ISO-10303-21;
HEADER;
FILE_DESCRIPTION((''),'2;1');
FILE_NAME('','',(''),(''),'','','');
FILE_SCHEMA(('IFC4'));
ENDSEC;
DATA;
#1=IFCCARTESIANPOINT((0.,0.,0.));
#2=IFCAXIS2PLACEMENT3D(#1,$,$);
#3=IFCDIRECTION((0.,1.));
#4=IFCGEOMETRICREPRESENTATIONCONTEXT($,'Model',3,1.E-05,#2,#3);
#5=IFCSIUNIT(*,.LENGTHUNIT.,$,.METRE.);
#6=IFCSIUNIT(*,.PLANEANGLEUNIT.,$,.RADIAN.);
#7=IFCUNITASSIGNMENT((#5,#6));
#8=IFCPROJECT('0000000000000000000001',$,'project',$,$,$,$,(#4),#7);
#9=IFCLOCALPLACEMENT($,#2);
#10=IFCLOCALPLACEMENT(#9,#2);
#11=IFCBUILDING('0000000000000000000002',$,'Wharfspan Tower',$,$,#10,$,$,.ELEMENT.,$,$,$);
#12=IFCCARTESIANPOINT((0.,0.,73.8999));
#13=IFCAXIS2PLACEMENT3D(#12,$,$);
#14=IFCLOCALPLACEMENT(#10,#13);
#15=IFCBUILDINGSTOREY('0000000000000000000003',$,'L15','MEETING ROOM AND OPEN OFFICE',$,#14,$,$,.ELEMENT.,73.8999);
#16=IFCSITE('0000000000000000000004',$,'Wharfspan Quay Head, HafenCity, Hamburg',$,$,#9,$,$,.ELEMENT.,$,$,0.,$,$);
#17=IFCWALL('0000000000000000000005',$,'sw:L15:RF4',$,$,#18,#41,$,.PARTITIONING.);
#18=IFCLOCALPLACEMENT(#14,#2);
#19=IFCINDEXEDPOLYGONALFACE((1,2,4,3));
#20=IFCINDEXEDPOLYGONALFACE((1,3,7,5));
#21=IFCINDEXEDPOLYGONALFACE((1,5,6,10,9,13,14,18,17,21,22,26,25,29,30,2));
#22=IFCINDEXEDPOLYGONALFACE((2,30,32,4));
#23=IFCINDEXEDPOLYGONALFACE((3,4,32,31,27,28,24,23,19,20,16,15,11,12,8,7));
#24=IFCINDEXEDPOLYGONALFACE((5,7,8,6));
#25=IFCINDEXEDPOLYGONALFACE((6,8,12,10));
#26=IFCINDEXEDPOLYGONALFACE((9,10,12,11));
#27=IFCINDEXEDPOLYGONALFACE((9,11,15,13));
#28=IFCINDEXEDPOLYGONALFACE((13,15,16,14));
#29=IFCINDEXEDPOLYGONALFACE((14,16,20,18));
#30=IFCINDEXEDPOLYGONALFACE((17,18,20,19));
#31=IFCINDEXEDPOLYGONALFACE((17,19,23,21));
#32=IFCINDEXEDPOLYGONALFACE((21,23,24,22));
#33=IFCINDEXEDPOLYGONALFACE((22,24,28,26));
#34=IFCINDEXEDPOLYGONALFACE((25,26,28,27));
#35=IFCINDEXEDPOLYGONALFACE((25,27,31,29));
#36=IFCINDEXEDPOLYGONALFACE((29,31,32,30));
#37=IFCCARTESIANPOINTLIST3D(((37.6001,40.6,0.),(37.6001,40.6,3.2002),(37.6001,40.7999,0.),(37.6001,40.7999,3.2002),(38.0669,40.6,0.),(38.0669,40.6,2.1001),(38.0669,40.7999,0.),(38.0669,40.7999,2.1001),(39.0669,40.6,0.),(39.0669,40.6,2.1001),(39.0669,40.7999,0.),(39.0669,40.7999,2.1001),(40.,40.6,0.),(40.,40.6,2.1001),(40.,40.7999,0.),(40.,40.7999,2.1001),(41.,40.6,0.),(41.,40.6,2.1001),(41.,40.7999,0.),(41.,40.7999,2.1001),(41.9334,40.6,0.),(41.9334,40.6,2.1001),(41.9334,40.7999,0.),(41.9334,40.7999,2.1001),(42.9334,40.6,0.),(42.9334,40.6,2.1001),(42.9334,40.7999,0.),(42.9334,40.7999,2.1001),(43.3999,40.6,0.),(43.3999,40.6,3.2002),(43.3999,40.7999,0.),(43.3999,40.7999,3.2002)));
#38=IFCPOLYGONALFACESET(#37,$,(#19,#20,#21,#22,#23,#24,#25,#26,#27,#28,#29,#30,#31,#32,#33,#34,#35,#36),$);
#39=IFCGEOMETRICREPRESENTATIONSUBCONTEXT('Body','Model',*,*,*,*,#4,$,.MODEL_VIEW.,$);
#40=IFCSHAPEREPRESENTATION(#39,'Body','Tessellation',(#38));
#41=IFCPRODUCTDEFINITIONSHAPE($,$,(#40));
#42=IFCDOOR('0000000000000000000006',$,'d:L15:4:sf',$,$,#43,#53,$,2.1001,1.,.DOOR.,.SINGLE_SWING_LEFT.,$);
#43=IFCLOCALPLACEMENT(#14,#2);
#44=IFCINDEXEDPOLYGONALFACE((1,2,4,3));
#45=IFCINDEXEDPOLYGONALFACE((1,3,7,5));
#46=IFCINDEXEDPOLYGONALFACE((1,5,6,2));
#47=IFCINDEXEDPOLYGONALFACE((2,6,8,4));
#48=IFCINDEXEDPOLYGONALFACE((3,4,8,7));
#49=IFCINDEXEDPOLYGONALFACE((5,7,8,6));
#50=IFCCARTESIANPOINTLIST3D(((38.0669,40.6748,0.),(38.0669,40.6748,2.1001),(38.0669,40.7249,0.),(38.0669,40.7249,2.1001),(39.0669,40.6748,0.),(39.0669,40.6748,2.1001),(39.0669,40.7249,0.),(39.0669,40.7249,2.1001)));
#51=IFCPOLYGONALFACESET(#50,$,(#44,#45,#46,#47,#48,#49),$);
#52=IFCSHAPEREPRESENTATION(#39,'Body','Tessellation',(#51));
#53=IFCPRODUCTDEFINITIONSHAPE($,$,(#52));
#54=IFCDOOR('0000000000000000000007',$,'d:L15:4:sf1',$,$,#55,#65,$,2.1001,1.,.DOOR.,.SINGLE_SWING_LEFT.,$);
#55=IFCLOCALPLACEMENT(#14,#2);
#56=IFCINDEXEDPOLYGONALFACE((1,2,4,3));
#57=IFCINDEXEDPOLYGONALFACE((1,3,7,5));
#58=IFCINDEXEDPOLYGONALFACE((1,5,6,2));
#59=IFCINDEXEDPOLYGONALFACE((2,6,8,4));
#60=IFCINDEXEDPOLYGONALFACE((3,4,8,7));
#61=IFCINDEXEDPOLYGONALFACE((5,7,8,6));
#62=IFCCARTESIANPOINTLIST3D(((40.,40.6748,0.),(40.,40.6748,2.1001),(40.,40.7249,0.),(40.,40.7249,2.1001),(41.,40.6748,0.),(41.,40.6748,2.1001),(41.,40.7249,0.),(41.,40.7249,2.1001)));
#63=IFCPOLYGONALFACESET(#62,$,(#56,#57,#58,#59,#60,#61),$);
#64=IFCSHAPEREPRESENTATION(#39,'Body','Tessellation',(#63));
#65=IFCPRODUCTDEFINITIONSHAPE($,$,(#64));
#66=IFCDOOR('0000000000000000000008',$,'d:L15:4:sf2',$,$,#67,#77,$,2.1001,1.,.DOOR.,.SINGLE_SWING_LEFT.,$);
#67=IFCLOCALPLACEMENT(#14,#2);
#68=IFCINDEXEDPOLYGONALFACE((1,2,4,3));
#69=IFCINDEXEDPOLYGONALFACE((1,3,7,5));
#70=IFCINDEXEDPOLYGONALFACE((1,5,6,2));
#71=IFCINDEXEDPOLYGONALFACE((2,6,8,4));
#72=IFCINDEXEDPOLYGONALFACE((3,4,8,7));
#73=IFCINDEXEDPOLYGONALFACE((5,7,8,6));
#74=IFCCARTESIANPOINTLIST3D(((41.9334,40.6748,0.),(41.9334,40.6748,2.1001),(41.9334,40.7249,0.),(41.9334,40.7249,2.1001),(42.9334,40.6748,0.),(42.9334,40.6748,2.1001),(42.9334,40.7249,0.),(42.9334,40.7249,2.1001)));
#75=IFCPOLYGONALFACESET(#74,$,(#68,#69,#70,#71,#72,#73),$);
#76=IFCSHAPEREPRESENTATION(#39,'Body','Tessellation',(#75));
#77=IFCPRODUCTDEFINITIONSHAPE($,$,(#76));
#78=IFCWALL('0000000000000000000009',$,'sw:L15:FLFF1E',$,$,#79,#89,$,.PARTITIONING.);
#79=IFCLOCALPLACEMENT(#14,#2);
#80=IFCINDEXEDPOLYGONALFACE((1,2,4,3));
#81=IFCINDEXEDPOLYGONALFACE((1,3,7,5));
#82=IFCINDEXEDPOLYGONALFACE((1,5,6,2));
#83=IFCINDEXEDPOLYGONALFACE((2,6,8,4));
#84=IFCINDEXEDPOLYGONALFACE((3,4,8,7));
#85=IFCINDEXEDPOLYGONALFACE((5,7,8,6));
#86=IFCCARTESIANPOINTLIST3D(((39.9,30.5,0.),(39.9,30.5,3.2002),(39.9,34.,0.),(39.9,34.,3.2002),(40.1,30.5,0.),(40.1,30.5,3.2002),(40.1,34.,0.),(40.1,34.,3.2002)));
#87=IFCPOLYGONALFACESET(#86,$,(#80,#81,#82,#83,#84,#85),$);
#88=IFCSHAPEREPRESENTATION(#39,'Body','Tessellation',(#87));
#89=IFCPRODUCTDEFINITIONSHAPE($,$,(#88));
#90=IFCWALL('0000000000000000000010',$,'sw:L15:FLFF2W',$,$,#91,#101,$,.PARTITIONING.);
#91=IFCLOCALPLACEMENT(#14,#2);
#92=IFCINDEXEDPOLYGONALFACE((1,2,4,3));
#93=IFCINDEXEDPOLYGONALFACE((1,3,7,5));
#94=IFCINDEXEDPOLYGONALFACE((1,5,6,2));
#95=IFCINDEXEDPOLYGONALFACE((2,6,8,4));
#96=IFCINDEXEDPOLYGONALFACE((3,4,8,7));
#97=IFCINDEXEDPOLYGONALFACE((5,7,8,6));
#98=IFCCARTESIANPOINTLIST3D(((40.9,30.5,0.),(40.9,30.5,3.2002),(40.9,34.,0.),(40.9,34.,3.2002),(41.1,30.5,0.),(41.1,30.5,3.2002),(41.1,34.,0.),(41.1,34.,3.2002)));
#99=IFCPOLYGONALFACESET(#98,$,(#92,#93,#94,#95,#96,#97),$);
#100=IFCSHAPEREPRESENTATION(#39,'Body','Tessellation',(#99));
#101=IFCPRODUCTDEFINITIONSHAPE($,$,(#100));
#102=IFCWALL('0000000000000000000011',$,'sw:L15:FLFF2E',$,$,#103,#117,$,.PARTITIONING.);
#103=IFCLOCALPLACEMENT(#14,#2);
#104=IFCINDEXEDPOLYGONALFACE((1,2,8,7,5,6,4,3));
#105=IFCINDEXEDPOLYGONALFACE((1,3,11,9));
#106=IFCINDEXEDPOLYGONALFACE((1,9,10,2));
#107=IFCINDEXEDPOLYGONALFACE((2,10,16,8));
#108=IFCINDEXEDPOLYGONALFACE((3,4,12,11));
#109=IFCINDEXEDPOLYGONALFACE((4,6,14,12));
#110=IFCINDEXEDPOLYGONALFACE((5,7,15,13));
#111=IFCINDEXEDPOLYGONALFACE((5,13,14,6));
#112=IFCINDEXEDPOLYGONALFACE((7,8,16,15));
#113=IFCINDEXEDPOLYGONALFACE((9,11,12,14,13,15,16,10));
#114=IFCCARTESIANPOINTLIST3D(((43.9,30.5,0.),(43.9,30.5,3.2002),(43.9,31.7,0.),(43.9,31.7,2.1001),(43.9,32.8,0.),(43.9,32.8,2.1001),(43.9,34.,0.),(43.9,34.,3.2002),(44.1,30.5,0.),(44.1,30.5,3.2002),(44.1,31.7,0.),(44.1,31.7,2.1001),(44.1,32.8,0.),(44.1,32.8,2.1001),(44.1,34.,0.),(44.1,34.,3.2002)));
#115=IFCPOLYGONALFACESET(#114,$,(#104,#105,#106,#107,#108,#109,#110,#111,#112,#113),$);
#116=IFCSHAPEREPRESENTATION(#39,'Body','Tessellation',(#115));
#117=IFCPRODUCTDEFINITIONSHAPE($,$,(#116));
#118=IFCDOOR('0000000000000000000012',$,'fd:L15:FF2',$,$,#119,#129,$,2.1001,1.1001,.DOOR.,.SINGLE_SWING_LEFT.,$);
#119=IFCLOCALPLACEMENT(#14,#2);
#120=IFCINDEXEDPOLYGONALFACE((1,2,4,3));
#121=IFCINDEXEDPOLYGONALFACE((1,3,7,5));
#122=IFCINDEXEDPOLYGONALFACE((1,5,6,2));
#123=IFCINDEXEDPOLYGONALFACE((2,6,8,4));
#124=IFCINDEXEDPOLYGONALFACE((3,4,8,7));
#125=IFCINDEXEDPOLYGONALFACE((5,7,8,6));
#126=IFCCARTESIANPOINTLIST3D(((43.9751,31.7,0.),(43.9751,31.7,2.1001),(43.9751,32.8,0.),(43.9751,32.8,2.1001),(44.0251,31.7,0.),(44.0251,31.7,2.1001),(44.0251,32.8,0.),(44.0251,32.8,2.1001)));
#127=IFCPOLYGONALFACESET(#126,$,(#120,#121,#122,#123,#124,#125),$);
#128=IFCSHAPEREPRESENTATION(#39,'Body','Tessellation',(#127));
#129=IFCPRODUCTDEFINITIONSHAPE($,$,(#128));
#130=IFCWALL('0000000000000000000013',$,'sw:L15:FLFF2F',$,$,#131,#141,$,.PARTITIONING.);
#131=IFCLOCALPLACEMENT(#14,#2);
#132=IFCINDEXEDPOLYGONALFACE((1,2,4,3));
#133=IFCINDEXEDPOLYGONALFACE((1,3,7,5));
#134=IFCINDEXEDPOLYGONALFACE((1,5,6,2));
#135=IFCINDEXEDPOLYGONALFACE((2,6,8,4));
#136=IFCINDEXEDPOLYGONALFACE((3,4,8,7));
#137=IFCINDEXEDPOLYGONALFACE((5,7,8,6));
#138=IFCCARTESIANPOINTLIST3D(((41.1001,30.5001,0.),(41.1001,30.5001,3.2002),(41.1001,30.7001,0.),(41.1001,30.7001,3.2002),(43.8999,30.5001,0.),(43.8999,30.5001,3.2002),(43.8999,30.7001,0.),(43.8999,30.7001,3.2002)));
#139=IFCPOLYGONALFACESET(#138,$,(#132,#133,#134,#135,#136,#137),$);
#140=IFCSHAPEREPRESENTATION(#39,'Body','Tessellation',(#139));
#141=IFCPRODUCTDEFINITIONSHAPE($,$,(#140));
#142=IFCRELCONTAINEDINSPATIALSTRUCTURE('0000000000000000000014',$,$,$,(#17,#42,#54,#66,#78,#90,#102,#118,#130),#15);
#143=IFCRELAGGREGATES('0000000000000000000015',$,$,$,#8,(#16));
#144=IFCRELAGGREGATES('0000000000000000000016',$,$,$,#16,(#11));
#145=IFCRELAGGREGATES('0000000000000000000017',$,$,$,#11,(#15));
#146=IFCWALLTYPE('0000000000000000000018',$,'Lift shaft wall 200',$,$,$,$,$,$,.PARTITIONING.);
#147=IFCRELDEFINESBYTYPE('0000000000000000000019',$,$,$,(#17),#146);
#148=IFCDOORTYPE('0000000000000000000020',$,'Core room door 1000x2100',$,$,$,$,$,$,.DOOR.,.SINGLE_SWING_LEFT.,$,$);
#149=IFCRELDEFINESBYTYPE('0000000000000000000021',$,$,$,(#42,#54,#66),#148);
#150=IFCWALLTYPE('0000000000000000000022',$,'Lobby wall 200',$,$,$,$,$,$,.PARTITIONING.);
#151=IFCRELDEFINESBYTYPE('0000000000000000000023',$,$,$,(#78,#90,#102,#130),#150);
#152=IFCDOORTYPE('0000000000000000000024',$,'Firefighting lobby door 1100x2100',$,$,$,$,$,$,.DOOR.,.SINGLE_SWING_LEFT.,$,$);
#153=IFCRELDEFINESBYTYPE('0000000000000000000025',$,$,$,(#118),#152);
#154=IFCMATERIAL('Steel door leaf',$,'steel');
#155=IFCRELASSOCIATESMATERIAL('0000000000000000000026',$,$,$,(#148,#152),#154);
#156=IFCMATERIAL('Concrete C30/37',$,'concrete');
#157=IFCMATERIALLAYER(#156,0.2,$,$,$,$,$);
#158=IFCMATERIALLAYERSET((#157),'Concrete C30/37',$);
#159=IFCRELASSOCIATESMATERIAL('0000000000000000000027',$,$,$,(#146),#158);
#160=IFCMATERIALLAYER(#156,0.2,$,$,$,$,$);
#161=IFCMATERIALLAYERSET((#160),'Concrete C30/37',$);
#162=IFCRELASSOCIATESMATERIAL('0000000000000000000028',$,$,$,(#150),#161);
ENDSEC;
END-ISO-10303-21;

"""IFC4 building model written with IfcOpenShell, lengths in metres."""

from ifc_helpers import new_model, si_unit, direction, frame, frame_2d, origin, place, context, subcontext, project, spatial, rectangle, extrude, material, layer, layer_set, type_object, element, fill, save


model = new_model("IFC4")

# Units and contexts
model_context = context("Model", 3, precision=1e-05, world=origin(), true_north=direction((0.0, 1.0)))
body_context = subcontext(model_context, "Body", "Model", "MODEL_VIEW")
ifc_project = project(units=[si_unit("LENGTHUNIT", "METRE"), si_unit("PLANEANGLEUNIT", "RADIAN")], contexts=[model_context])

# Site, building, storey
site_placement = place(None, origin())
site = spatial("IfcSite", under=ifc_project, at=site_placement, Name="Wharfspan Quay Head, HafenCity, Hamburg", CompositionType="ELEMENT", RefElevation=0.0)
building_placement = place(site_placement, origin())
building = spatial("IfcBuilding", under=site, at=building_placement, Name="Wharfspan Tower", CompositionType="ELEMENT")
storey_placement = place(building_placement, frame((0.0, 0.0, 73.8999)))
storey = spatial("IfcBuildingStorey", under=building, at=storey_placement, Name="L15", Description="MEETING ROOM AND OPEN OFFICE", CompositionType="ELEMENT", Elevation=73.8999)

# Shared definitions
ifc_material_1 = material(Name="Steel door leaf", Category="steel")
door_type_1 = type_object("IfcDoorType", Name="Core room door 1000x2100", OperationType="SINGLE_SWING_LEFT", PredefinedType="DOOR", material=ifc_material_1)

# Wall, openings, doors
ifc_material_2 = material(Name="Concrete C30/37", Category="concrete")
ifc_layer_1 = layer(ifc_material_2, 0.2)
ifc_layer_set_1 = layer_set([ifc_layer_1], Name="Concrete C30/37")
wall_type_1 = type_object("IfcWallType", Name="Lift shaft wall 200", PredefinedType="PARTITIONING", material=ifc_layer_set_1)
wall_1_placement = place(storey_placement, frame((37.6001, 40.7, 0.0), z_axis=(0.0, 0.0, 1.0), x_axis=(1.0, 0.0, 0.0)))
wall_1 = element("IfcWall", 1, at=wall_1_placement, inside=storey, type_object=wall_type_1, Name="sw:L15:RF4", PredefinedType="PARTITIONING", context=body_context, shape_type="SweptSolid", body=[
    extrude(rectangle(XDim=5.7998, YDim=0.2, at=frame_2d((2.8999, 0.0))), origin(), (0.0, 0.0, 1.0), 3.2002),
])
opening_1_placement = place(wall_1_placement, frame((0.4668, 0.0, 0.0)))
opening_1 = element("IfcOpeningElement", 2, at=opening_1_placement, cuts=wall_1, PredefinedType="OPENING", context=body_context, shape_type="SweptSolid", body=[
    extrude(rectangle(XDim=1.0, YDim=2.1001, at=frame_2d((0.5, 1.05))), frame((0.0, 0.1099, 0.0), z_axis=(0.0, -1.0, 0.0), x_axis=(1.0, 0.0, 0.0)), (0.0, 0.0, 1.0), 0.22),
])
opening_2_placement = place(wall_1_placement, frame((2.3999, 0.0, 0.0)))
opening_2 = element("IfcOpeningElement", 3, at=opening_2_placement, cuts=wall_1, PredefinedType="OPENING", context=body_context, shape_type="SweptSolid", body=[
    extrude(rectangle(XDim=1.0, YDim=2.1001, at=frame_2d((0.5, 1.05))), frame((0.0, 0.1099, 0.0), z_axis=(0.0, -1.0, 0.0), x_axis=(1.0, 0.0, 0.0)), (0.0, 0.0, 1.0), 0.22),
])
opening_3_placement = place(wall_1_placement, frame((4.3333, 0.0, 0.0)))
opening_3 = element("IfcOpeningElement", 4, at=opening_3_placement, cuts=wall_1, PredefinedType="OPENING", context=body_context, shape_type="SweptSolid", body=[
    extrude(rectangle(XDim=1.0, YDim=2.1001, at=frame_2d((0.5, 1.05))), frame((0.0, 0.1099, 0.0), z_axis=(0.0, -1.0, 0.0), x_axis=(1.0, 0.0, 0.0)), (0.0, 0.0, 1.0), 0.22),
])
door_1_placement = place(opening_1_placement, origin())
door_1 = element("IfcDoor", 5, at=door_1_placement, inside=storey, type_object=door_type_1, Name="d:L15:4:sf", OperationType="SINGLE_SWING_LEFT", OverallHeight=2.1001, OverallWidth=1.0, PredefinedType="DOOR", context=body_context, shape_type="SweptSolid", body=[
    extrude(rectangle(XDim=1.0, YDim=2.1001, at=frame_2d((0.5, 1.05))), frame((0.0, 0.0249, 0.0), z_axis=(0.0, -1.0, 0.0), x_axis=(1.0, 0.0, 0.0)), (0.0, 0.0, 1.0), 0.05),
])
fill(opening_1, door_1)
door_2_placement = place(opening_2_placement, origin())
door_2 = element("IfcDoor", 6, at=door_2_placement, inside=storey, type_object=door_type_1, Name="d:L15:4:sf1", OperationType="SINGLE_SWING_LEFT", OverallHeight=2.1001, OverallWidth=1.0, PredefinedType="DOOR", context=body_context, shape_type="SweptSolid", body=[
    extrude(rectangle(XDim=1.0, YDim=2.1001, at=frame_2d((0.5, 1.05))), frame((0.0, 0.0249, 0.0), z_axis=(0.0, -1.0, 0.0), x_axis=(1.0, 0.0, 0.0)), (0.0, 0.0, 1.0), 0.05),
])
fill(opening_2, door_2)
door_3_placement = place(opening_3_placement, origin())
door_3 = element("IfcDoor", 7, at=door_3_placement, inside=storey, type_object=door_type_1, Name="d:L15:4:sf2", OperationType="SINGLE_SWING_LEFT", OverallHeight=2.1001, OverallWidth=1.0, PredefinedType="DOOR", context=body_context, shape_type="SweptSolid", body=[
    extrude(rectangle(XDim=1.0, YDim=2.1001, at=frame_2d((0.5, 1.05))), frame((0.0, 0.0249, 0.0), z_axis=(0.0, -1.0, 0.0), x_axis=(1.0, 0.0, 0.0)), (0.0, 0.0, 1.0), 0.05),
])
fill(opening_3, door_3)

# Walls
ifc_layer_2 = layer(ifc_material_2, 0.2)
ifc_layer_set_2 = layer_set([ifc_layer_2], Name="Concrete C30/37")
wall_type_2 = type_object("IfcWallType", Name="Lobby wall 200", PredefinedType="PARTITIONING", material=ifc_layer_set_2)
for number, where, z_axis, x_axis, name in (
    (8, (40.0, 30.5, 0.0), (0.0, 0.0, 1.0), (0.0, 1.0, 0.0), "sw:L15:FLFF1E"),
    (9, (41.0, 30.5, 0.0), (0.0, 0.0, 1.0), (0.0, 1.0, 0.0), "sw:L15:FLFF2W"),
):
    element("IfcWall", number, at=place(storey_placement, frame(where, z_axis=z_axis, x_axis=x_axis)), inside=storey, type_object=wall_type_2, Name=name, PredefinedType="PARTITIONING", context=body_context, shape_type="SweptSolid", body=[
        extrude(rectangle(XDim=3.5, YDim=0.2, at=frame_2d((1.75, 0.0))), origin(), (0.0, 0.0, 1.0), 3.2002),
    ])

# Wall, opening, door
wall_2_placement = place(storey_placement, frame((44.0, 30.5, 0.0), z_axis=(0.0, 0.0, 1.0), x_axis=(0.0, 1.0, 0.0)))
wall_2 = element("IfcWall", 10, at=wall_2_placement, inside=storey, type_object=wall_type_2, Name="sw:L15:FLFF2E", PredefinedType="PARTITIONING", context=body_context, shape_type="SweptSolid", body=[
    extrude(rectangle(XDim=3.5, YDim=0.2, at=frame_2d((1.75, 0.0))), origin(), (0.0, 0.0, 1.0), 3.2002),
])
opening_4_placement = place(wall_2_placement, frame((1.2, 0.0, 0.0)))
opening_4 = element("IfcOpeningElement", 11, at=opening_4_placement, cuts=wall_2, PredefinedType="OPENING", context=body_context, shape_type="SweptSolid", body=[
    extrude(rectangle(XDim=1.1001, YDim=2.1001, at=frame_2d((0.55, 1.05))), frame((0.0, 0.1099, 0.0), z_axis=(0.0, -1.0, 0.0), x_axis=(1.0, 0.0, 0.0)), (0.0, 0.0, 1.0), 0.22),
])
door_type_2 = type_object("IfcDoorType", Name="Firefighting lobby door 1100x2100", OperationType="SINGLE_SWING_LEFT", PredefinedType="DOOR", material=ifc_material_1)
door_4_placement = place(opening_4_placement, origin())
door_4 = element("IfcDoor", 12, at=door_4_placement, inside=storey, type_object=door_type_2, Name="fd:L15:FF2", OperationType="SINGLE_SWING_LEFT", OverallHeight=2.1001, OverallWidth=1.1001, PredefinedType="DOOR", context=body_context, shape_type="SweptSolid", body=[
    extrude(rectangle(XDim=1.1001, YDim=2.1001, at=frame_2d((0.55, 1.05))), frame((0.0, 0.0249, 0.0), z_axis=(0.0, -1.0, 0.0), x_axis=(1.0, 0.0, 0.0)), (0.0, 0.0, 1.0), 0.05),
])
fill(opening_4, door_4)

# Wall
wall_3_placement = place(storey_placement, frame((41.1001, 30.6001, 0.0), z_axis=(0.0, 0.0, 1.0), x_axis=(1.0, 0.0, 0.0)))
element("IfcWall", 13, at=wall_3_placement, inside=storey, type_object=wall_type_2, Name="sw:L15:FLFF2F", PredefinedType="PARTITIONING", context=body_context, shape_type="SweptSolid", body=[
    extrude(rectangle(XDim=2.7998, YDim=0.2, at=frame_2d((1.3999, 0.0))), origin(), (0.0, 0.0, 1.0), 3.2002),
])

save(model, "model.ifc")
